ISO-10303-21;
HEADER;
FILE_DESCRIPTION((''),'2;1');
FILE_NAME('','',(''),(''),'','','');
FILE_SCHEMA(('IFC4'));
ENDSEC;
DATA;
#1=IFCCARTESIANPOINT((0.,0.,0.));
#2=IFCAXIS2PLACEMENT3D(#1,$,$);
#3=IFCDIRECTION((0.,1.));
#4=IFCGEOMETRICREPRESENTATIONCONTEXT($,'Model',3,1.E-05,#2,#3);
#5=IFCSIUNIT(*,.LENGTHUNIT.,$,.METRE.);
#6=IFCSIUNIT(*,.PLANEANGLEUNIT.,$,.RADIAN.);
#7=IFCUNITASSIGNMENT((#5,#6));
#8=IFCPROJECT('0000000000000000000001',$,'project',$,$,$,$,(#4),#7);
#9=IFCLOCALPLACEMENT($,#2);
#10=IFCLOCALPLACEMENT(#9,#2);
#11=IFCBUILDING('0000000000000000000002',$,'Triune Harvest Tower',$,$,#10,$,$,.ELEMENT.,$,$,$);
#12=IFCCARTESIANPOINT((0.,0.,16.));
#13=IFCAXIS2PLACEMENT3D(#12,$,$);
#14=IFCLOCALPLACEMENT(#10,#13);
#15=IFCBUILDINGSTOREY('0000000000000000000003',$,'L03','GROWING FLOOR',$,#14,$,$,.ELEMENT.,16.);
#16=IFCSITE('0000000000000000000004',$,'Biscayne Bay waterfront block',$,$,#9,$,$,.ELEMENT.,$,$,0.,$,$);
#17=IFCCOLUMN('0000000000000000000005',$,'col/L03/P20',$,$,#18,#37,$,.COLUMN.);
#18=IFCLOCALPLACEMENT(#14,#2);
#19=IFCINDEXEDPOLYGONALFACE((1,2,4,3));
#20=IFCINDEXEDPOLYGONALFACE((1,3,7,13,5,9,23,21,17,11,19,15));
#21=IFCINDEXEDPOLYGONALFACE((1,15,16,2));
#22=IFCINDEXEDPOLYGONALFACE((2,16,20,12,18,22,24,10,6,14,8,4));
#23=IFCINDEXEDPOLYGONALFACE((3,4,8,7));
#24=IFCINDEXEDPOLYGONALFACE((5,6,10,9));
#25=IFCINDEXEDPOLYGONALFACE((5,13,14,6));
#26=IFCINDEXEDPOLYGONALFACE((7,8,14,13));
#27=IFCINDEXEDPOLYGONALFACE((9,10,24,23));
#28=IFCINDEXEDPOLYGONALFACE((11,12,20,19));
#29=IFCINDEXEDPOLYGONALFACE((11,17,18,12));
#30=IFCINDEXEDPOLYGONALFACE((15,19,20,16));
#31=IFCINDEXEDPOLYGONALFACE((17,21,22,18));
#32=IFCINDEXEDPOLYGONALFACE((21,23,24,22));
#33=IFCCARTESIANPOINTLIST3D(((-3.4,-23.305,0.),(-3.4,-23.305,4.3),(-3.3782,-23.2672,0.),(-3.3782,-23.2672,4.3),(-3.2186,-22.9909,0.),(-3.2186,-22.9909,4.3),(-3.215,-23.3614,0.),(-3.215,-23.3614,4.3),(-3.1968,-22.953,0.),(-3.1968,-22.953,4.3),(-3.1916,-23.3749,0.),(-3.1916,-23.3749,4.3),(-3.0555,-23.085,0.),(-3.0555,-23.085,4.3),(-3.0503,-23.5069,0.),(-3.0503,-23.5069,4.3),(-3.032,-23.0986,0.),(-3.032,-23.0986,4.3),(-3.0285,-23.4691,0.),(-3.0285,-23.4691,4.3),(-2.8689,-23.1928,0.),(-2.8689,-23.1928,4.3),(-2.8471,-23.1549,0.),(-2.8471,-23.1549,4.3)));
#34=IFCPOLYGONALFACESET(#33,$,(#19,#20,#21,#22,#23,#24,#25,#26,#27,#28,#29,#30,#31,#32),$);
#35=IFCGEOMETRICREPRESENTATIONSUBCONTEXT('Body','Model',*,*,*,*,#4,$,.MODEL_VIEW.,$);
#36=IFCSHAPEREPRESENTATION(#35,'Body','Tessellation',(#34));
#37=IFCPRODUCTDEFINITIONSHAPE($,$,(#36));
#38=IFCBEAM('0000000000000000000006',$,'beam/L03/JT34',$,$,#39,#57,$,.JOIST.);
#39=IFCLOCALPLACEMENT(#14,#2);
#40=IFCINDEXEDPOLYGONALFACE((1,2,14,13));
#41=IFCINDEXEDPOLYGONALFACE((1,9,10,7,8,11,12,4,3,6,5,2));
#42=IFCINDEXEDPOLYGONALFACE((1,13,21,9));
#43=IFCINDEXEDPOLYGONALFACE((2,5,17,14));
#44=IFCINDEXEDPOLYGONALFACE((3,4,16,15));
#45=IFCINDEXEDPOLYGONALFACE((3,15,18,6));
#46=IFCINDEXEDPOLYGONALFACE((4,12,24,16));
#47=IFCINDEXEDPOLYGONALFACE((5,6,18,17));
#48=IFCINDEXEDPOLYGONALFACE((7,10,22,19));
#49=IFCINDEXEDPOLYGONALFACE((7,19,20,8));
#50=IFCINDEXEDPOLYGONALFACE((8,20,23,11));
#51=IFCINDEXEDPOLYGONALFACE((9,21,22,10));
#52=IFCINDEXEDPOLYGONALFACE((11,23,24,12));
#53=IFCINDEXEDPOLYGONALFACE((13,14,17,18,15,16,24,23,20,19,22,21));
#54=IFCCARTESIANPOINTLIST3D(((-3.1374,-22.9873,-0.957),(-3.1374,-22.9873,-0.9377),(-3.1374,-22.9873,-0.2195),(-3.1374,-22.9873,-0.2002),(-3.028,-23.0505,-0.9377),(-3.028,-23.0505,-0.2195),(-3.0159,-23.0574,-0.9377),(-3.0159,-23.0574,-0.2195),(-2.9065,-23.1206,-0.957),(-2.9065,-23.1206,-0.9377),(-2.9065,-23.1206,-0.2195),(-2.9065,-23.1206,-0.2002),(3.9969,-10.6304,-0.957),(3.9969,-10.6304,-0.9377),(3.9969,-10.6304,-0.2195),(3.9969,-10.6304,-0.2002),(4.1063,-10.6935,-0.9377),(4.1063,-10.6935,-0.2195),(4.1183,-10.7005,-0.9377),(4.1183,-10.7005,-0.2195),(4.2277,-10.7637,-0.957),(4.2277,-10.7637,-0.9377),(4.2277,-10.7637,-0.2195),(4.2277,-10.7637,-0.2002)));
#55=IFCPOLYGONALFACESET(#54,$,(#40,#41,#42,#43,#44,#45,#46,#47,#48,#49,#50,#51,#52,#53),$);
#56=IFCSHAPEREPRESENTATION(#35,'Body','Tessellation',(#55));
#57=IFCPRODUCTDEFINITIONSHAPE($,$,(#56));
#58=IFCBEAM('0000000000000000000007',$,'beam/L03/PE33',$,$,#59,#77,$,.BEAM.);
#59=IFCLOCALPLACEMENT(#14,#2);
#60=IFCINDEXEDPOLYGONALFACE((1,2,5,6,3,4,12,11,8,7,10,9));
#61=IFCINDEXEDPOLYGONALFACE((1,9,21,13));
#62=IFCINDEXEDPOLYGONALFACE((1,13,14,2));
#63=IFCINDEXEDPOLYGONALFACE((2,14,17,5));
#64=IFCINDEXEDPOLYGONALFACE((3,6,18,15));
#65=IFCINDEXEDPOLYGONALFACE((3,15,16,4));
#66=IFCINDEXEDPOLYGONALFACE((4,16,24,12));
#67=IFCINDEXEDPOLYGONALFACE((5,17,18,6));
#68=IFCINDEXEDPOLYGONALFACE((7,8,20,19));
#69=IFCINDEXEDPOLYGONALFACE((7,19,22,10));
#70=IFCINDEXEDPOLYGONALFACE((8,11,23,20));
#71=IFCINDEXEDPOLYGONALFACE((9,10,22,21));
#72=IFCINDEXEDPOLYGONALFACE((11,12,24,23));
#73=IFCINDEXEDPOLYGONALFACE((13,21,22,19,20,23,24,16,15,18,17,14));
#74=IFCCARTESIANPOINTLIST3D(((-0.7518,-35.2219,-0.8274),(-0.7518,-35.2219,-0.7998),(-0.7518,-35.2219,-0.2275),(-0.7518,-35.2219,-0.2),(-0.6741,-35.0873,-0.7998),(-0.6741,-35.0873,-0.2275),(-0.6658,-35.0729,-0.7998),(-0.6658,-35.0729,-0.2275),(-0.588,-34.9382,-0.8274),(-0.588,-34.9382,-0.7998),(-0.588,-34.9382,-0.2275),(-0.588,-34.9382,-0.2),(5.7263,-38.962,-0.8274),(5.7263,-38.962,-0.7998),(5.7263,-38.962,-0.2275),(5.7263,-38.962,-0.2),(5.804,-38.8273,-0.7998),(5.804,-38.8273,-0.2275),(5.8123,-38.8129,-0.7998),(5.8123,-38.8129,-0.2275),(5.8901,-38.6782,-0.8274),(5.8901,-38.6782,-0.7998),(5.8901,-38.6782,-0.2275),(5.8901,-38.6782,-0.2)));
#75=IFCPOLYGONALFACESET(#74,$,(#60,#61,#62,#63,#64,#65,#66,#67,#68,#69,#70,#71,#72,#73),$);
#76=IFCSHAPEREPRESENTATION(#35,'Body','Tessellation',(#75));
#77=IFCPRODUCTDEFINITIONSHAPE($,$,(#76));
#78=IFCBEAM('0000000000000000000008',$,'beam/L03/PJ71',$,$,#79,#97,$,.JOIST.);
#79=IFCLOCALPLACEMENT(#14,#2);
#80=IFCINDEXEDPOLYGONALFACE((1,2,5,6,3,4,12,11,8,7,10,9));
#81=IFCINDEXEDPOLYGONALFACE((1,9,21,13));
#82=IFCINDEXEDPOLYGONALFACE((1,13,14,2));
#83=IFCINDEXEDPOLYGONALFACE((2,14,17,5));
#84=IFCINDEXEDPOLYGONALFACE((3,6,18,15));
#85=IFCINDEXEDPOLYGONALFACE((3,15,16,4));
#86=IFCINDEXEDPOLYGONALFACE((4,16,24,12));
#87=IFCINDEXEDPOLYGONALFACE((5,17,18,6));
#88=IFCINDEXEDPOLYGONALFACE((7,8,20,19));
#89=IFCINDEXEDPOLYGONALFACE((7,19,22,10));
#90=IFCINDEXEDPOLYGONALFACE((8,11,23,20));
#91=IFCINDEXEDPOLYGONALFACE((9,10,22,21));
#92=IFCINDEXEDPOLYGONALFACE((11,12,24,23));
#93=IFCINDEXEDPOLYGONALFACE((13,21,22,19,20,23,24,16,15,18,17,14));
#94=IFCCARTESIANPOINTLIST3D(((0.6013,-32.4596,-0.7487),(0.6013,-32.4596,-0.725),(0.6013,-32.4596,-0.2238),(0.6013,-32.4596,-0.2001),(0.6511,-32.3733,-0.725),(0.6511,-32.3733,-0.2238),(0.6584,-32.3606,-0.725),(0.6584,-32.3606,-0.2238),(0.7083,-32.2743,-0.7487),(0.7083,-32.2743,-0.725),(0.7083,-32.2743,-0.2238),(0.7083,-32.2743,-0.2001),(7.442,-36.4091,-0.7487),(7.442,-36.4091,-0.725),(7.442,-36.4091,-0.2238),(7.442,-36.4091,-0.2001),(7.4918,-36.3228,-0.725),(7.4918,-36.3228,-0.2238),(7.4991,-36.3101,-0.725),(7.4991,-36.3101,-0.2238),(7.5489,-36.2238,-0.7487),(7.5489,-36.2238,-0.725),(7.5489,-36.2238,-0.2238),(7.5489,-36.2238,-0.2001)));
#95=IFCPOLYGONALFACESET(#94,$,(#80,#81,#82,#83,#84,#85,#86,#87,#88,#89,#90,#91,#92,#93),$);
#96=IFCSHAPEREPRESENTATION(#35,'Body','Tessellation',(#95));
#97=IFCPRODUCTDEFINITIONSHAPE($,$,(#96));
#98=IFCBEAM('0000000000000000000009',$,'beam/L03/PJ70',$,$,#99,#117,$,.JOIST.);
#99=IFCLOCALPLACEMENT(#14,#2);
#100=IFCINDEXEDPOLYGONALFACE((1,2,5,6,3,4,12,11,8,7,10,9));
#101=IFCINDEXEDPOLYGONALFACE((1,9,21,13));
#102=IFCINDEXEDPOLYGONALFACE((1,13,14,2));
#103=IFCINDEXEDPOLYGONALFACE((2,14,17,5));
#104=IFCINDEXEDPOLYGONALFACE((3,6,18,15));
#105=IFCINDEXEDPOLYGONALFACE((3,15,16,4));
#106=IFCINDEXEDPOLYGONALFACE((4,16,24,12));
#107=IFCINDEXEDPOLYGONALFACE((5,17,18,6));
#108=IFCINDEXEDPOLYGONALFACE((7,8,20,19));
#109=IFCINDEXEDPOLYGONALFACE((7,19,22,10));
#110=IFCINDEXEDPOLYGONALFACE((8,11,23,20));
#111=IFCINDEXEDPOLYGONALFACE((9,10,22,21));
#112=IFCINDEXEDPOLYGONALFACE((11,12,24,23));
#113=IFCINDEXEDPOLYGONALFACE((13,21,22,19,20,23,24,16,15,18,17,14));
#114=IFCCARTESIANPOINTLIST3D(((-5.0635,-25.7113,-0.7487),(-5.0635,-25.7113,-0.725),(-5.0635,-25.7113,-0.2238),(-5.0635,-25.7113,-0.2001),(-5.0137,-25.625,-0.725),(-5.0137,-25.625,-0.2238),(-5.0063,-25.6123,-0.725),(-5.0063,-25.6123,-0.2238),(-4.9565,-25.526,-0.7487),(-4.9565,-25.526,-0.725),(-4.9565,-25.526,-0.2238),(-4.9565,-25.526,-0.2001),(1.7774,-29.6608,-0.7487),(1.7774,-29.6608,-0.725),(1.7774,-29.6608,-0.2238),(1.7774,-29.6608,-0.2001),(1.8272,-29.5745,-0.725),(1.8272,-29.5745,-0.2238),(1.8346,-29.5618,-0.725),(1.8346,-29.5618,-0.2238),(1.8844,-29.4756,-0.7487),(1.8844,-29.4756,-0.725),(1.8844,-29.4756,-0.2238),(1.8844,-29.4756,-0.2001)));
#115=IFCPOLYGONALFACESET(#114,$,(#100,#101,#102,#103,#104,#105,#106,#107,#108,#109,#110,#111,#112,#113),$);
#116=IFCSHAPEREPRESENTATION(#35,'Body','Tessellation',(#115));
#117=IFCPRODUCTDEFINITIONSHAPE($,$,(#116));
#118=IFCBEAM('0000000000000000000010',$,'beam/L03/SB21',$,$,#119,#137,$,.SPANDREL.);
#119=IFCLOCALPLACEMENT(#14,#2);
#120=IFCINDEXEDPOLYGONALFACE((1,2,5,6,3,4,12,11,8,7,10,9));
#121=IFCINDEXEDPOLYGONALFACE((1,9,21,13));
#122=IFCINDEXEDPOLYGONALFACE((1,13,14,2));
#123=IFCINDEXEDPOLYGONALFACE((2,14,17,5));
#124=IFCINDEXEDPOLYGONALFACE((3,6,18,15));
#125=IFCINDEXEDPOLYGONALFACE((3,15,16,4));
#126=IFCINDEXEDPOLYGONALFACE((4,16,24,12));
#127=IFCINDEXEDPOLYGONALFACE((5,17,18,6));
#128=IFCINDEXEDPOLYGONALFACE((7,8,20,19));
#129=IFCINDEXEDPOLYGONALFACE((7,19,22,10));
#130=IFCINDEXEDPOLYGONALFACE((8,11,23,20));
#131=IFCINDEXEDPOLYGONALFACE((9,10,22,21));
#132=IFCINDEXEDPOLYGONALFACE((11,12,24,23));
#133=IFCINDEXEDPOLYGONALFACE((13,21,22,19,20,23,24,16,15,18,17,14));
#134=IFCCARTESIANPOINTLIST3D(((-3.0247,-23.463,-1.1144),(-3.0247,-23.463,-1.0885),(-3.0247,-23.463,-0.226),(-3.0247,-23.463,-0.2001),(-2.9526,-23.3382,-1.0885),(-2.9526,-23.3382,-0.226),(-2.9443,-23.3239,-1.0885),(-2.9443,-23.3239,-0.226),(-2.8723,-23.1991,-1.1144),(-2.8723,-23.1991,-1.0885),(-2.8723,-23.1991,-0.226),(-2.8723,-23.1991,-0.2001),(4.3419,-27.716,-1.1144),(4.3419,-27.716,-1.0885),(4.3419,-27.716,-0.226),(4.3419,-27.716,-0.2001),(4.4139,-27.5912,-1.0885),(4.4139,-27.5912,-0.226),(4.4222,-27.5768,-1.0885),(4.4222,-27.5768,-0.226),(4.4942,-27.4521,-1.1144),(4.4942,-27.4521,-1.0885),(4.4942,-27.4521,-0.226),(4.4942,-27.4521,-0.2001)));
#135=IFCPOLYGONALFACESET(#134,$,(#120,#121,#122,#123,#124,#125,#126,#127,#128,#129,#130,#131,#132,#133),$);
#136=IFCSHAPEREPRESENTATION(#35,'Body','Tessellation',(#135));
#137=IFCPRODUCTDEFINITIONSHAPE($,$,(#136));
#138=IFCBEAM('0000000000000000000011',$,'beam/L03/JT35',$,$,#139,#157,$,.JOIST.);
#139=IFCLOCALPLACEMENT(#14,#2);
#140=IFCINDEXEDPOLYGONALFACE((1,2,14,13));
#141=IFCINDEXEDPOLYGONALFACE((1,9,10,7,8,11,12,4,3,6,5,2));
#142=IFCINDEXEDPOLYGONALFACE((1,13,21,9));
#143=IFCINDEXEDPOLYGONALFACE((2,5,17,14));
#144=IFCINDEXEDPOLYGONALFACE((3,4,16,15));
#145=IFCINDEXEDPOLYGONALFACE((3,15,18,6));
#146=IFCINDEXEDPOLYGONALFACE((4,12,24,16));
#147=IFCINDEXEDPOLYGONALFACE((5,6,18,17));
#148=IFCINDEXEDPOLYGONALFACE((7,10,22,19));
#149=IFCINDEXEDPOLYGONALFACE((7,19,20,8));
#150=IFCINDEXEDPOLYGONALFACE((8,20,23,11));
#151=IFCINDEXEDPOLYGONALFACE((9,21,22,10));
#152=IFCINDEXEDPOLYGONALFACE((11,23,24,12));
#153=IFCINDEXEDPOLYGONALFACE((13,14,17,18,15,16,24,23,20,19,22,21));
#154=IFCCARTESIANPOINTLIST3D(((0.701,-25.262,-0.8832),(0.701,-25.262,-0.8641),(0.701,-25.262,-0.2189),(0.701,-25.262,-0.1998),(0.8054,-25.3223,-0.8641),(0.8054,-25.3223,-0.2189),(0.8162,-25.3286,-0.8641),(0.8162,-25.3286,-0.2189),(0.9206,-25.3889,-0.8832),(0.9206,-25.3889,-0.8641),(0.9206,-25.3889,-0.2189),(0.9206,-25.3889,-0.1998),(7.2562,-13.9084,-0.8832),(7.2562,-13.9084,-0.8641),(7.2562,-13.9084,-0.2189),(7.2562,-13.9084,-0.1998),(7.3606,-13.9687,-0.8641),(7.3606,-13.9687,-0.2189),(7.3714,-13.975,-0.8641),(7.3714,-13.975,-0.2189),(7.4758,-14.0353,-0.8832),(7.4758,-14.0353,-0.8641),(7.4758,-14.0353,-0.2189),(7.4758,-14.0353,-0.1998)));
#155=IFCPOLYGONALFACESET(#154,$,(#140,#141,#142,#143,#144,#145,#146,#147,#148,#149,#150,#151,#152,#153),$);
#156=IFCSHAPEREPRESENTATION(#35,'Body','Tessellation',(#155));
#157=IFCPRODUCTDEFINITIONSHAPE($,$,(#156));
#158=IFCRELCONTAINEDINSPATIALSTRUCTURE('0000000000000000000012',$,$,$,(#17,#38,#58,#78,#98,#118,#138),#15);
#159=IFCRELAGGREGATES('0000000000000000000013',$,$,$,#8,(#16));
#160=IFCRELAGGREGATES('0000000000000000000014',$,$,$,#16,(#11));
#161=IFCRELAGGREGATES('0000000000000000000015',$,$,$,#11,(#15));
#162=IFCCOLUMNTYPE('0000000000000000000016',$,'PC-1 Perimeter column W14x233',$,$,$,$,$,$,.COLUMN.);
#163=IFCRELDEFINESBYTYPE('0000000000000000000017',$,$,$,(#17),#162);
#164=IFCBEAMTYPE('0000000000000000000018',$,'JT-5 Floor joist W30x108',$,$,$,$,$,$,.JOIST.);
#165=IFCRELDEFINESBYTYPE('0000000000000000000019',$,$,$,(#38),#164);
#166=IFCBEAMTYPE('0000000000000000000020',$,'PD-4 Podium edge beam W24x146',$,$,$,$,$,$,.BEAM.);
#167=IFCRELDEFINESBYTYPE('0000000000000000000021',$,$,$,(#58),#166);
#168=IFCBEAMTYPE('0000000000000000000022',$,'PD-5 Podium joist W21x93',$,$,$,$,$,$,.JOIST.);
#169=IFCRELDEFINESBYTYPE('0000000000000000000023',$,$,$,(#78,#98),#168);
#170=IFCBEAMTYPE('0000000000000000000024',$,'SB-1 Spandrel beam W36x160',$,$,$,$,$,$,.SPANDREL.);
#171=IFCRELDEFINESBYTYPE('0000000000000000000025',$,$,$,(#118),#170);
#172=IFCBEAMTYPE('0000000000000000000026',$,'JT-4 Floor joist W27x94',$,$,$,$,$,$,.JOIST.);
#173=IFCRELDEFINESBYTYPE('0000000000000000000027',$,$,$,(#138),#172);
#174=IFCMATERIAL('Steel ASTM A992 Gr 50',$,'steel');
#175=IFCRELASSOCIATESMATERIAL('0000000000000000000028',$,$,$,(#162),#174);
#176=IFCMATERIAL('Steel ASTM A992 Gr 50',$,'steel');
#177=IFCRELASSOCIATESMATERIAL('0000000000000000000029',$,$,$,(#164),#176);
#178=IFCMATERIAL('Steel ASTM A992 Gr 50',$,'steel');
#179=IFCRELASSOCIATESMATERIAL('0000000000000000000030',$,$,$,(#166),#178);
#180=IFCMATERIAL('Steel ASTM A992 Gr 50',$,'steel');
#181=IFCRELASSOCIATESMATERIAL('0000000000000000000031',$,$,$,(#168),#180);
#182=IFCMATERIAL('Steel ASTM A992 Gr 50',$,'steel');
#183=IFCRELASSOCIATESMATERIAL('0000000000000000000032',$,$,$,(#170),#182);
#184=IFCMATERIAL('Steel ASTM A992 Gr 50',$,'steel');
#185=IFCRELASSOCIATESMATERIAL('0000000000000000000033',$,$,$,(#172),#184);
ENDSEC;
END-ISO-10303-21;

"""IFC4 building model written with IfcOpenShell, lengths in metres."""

from ifc_helpers import new_model, si_unit, direction, frame, origin, origin_2d, place, context, subcontext, project, spatial, i_section, extrude, source, transform, mapped, material, material_profile, profile_set, type_object, element, save


model = new_model("IFC4")

# Units and contexts
model_context = context("Model", 3, precision=1e-05, world=origin(), true_north=direction((0.0, 1.0)))
body_context = subcontext(model_context, "Body", "Model", "MODEL_VIEW")
ifc_project = project(units=[si_unit("LENGTHUNIT", "METRE"), si_unit("PLANEANGLEUNIT", "RADIAN")], contexts=[model_context])

# Site, building, storey
site_placement = place(None, origin())
site = spatial("IfcSite", under=ifc_project, at=site_placement, Name="Biscayne Bay waterfront block", CompositionType="ELEMENT", RefElevation=0.0)
building_placement = place(site_placement, origin())
building = spatial("IfcBuilding", under=site, at=building_placement, Name="Triune Harvest Tower", CompositionType="ELEMENT")
storey_placement = place(building_placement, frame((0.0, 0.0, 16.0)))
storey = spatial("IfcBuildingStorey", under=building, at=storey_placement, Name="L03", Description="GROWING FLOOR", CompositionType="ELEMENT", Elevation=16.0)

# Column
ifc_material_1 = material(Name="Steel ASTM A992 Gr 50", Category="steel")
ifc_material_profile_1 = material_profile(ifc_material_1, i_section(OverallWidth=0.4038, OverallDepth=0.4065, WebThickness=0.0271, FlangeThickness=0.0437, at=origin_2d()), Name="W14x233")
ifc_profile_set_1 = profile_set([ifc_material_profile_1], Name="Steel ASTM A992 Gr 50")
column_type = type_object("IfcColumnType", Name="PC-1 Perimeter column W14x233", PredefinedType="COLUMN", material=ifc_profile_set_1)
shared_shape_1 = source(origin(), body_context, "Body", "SweptSolid", [
    extrude(i_section(OverallWidth=0.4038, OverallDepth=0.4065, WebThickness=0.0271, FlangeThickness=0.0437, at=origin_2d()), origin(), (0.0, 0.0, 1.0), 4.3),
])
column_placement = place(storey_placement, frame((-3.1235, -23.23, 0.0), z_axis=(0.0, 0.0, 1.0), x_axis=(0.866025, -0.5, 0.0)))
element("IfcColumn", 1, at=column_placement, inside=storey, type_object=column_type, Name="col/L03/P20", PredefinedType="COLUMN", context=body_context, shape_type="MappedRepresentation", body=[
    mapped(shared_shape_1, transform((0.0, 0.0, 0.0), scale=1.0)),
])

# Beams
ifc_material_2 = material(Name="Steel ASTM A992 Gr 50", Category="steel")
ifc_material_profile_2 = material_profile(ifc_material_2, i_section(OverallWidth=0.2666, OverallDepth=0.7568, WebThickness=0.0139, FlangeThickness=0.0193, at=origin_2d()), Name="W30x108")
ifc_profile_set_2 = profile_set([ifc_material_profile_2], Name="Steel ASTM A992 Gr 50")
beam_type_1 = type_object("IfcBeamType", Name="JT-5 Floor joist W30x108", PredefinedType="JOIST", material=ifc_profile_set_2)
shared_shape_2 = source(origin(), body_context, "Body", "SweptSolid", [
    extrude(i_section(OverallWidth=0.2666, OverallDepth=0.7568, WebThickness=0.0139, FlangeThickness=0.0193, at=origin_2d()), origin(), (0.0, 0.0, 1.0), 14.2686),
])
beam_1_placement = place(storey_placement, frame((-3.022, -23.054, -0.5786), z_axis=(0.5, 0.866025, 0.0), x_axis=(-0.866025, 0.5, 0.0)))
element("IfcBeam", 2, at=beam_1_placement, inside=storey, type_object=beam_type_1, Name="beam/L03/JT34", PredefinedType="JOIST", context=body_context, shape_type="MappedRepresentation", body=[
    mapped(shared_shape_2, transform((0.0, 0.0, 0.0), scale=1.0)),
])
ifc_material_3 = material(Name="Steel ASTM A992 Gr 50", Category="steel")
ifc_material_profile_3 = material_profile(ifc_material_3, i_section(OverallWidth=0.3276, OverallDepth=0.6274, WebThickness=0.0166, FlangeThickness=0.0276, at=origin_2d()), Name="W24x146")
ifc_profile_set_3 = profile_set([ifc_material_profile_3], Name="Steel ASTM A992 Gr 50")
beam_type_2 = type_object("IfcBeamType", Name="PD-4 Podium edge beam W24x146", PredefinedType="BEAM", material=ifc_profile_set_3)
shared_shape_3 = source(origin(), body_context, "Body", "SweptSolid", [
    extrude(i_section(OverallWidth=0.3276, OverallDepth=0.6274, WebThickness=0.0166, FlangeThickness=0.0276, at=origin_2d()), origin(), (0.0, 0.0, 1.0), 7.4802),
])
beam_2_placement = place(storey_placement, frame((-0.6699, -35.0801, -0.5137), z_axis=(0.866031, -0.49999, 0.0), x_axis=(0.49999, 0.866031, 0.0)))
element("IfcBeam", 3, at=beam_2_placement, inside=storey, type_object=beam_type_2, Name="beam/L03/PE33", PredefinedType="BEAM", context=body_context, shape_type="MappedRepresentation", body=[
    mapped(shared_shape_3, transform((0.0, 0.0, 0.0), scale=1.0)),
])
ifc_material_4 = material(Name="Steel ASTM A992 Gr 50", Category="steel")
ifc_material_profile_4 = material_profile(ifc_material_4, i_section(OverallWidth=0.2139, OverallDepth=0.5486, WebThickness=0.0146, FlangeThickness=0.0237, at=origin_2d()), Name="W21x93")
ifc_profile_set_4 = profile_set([ifc_material_profile_4], Name="Steel ASTM A992 Gr 50")
beam_type_3 = type_object("IfcBeamType", Name="PD-5 Podium joist W21x93", PredefinedType="JOIST", material=ifc_profile_set_4)
shared_shape_4 = source(origin(), body_context, "Body", "SweptSolid", [
    extrude(i_section(OverallWidth=0.2139, OverallDepth=0.5486, WebThickness=0.0146, FlangeThickness=0.0237, at=origin_2d()), origin(), (0.0, 0.0, 1.0), 7.8989),
])
beam_3_placement = place(storey_placement, frame((0.6548, -32.3669, -0.4744), z_axis=(0.866022, -0.500005, 0.0), x_axis=(0.500005, 0.866022, 0.0)))
element("IfcBeam", 4, at=beam_3_placement, inside=storey, type_object=beam_type_3, Name="beam/L03/PJ71", PredefinedType="JOIST", context=body_context, shape_type="MappedRepresentation", body=[
    mapped(shared_shape_4, transform((0.0, 0.0, 0.0), scale=1.0)),
])
shared_shape_5 = source(origin(), body_context, "Body", "SweptSolid", [
    extrude(i_section(OverallWidth=0.2139, OverallDepth=0.5486, WebThickness=0.0146, FlangeThickness=0.0237, at=origin_2d()), origin(), (0.0, 0.0, 1.0), 7.8992),
])
beam_4_placement = place(storey_placement, frame((-5.01, -25.6187, -0.4744), z_axis=(0.86603, -0.499992, 0.0), x_axis=(0.499992, 0.86603, 0.0)))
element("IfcBeam", 5, at=beam_4_placement, inside=storey, type_object=beam_type_3, Name="beam/L03/PJ70", PredefinedType="JOIST", context=body_context, shape_type="MappedRepresentation", body=[
    mapped(shared_shape_5, transform((0.0, 0.0, 0.0), scale=1.0)),
])
ifc_material_5 = material(Name="Steel ASTM A992 Gr 50", Category="steel")
ifc_material_profile_5 = material_profile(ifc_material_5, i_section(OverallWidth=0.3047, OverallDepth=0.9143, WebThickness=0.0166, FlangeThickness=0.0259, at=origin_2d()), Name="W36x160")
ifc_profile_set_5 = profile_set([ifc_material_profile_5], Name="Steel ASTM A992 Gr 50")
beam_type_4 = type_object("IfcBeamType", Name="SB-1 Spandrel beam W36x160", PredefinedType="SPANDREL", material=ifc_profile_set_5)
shared_shape_6 = source(origin(), body_context, "Body", "SweptSolid", [
    extrude(i_section(OverallWidth=0.3047, OverallDepth=0.9143, WebThickness=0.0166, FlangeThickness=0.0259, at=origin_2d()), origin(), (0.0, 0.0, 1.0), 8.5061),
])
beam_5_placement = place(storey_placement, frame((-2.9485, -23.3311, -0.6572), z_axis=(0.86603, -0.499992, 0.0), x_axis=(0.499992, 0.86603, 0.0)))
element("IfcBeam", 6, at=beam_5_placement, inside=storey, type_object=beam_type_4, Name="beam/L03/SB21", PredefinedType="SPANDREL", context=body_context, shape_type="MappedRepresentation", body=[
    mapped(shared_shape_6, transform((0.0, 0.0, 0.0), scale=1.0)),
])
ifc_material_6 = material(Name="Steel ASTM A992 Gr 50", Category="steel")
ifc_material_profile_6 = material_profile(ifc_material_6, i_section(OverallWidth=0.2537, OverallDepth=0.6833, WebThickness=0.0125, FlangeThickness=0.019, at=origin_2d()), Name="W27x94")
ifc_profile_set_6 = profile_set([ifc_material_profile_6], Name="Steel ASTM A992 Gr 50")
beam_type_5 = type_object("IfcBeamType", Name="JT-4 Floor joist W27x94", PredefinedType="JOIST", material=ifc_profile_set_6)
shared_shape_7 = source(origin(), body_context, "Body", "SweptSolid", [
    extrude(i_section(OverallWidth=0.2537, OverallDepth=0.6833, WebThickness=0.0125, FlangeThickness=0.019, at=origin_2d()), origin(), (0.0, 0.0, 1.0), 13.1101),
])
beam_6_placement = place(storey_placement, frame((0.8108, -25.3254, -0.5415), z_axis=(0.500013, 0.866018, 0.0), x_axis=(-0.866018, 0.500013, 0.0)))
element("IfcBeam", 7, at=beam_6_placement, inside=storey, type_object=beam_type_5, Name="beam/L03/JT35", PredefinedType="JOIST", context=body_context, shape_type="MappedRepresentation", body=[
    mapped(shared_shape_7, transform((0.0, 0.0, 0.0), scale=1.0)),
])

save(model, "model.ifc")
